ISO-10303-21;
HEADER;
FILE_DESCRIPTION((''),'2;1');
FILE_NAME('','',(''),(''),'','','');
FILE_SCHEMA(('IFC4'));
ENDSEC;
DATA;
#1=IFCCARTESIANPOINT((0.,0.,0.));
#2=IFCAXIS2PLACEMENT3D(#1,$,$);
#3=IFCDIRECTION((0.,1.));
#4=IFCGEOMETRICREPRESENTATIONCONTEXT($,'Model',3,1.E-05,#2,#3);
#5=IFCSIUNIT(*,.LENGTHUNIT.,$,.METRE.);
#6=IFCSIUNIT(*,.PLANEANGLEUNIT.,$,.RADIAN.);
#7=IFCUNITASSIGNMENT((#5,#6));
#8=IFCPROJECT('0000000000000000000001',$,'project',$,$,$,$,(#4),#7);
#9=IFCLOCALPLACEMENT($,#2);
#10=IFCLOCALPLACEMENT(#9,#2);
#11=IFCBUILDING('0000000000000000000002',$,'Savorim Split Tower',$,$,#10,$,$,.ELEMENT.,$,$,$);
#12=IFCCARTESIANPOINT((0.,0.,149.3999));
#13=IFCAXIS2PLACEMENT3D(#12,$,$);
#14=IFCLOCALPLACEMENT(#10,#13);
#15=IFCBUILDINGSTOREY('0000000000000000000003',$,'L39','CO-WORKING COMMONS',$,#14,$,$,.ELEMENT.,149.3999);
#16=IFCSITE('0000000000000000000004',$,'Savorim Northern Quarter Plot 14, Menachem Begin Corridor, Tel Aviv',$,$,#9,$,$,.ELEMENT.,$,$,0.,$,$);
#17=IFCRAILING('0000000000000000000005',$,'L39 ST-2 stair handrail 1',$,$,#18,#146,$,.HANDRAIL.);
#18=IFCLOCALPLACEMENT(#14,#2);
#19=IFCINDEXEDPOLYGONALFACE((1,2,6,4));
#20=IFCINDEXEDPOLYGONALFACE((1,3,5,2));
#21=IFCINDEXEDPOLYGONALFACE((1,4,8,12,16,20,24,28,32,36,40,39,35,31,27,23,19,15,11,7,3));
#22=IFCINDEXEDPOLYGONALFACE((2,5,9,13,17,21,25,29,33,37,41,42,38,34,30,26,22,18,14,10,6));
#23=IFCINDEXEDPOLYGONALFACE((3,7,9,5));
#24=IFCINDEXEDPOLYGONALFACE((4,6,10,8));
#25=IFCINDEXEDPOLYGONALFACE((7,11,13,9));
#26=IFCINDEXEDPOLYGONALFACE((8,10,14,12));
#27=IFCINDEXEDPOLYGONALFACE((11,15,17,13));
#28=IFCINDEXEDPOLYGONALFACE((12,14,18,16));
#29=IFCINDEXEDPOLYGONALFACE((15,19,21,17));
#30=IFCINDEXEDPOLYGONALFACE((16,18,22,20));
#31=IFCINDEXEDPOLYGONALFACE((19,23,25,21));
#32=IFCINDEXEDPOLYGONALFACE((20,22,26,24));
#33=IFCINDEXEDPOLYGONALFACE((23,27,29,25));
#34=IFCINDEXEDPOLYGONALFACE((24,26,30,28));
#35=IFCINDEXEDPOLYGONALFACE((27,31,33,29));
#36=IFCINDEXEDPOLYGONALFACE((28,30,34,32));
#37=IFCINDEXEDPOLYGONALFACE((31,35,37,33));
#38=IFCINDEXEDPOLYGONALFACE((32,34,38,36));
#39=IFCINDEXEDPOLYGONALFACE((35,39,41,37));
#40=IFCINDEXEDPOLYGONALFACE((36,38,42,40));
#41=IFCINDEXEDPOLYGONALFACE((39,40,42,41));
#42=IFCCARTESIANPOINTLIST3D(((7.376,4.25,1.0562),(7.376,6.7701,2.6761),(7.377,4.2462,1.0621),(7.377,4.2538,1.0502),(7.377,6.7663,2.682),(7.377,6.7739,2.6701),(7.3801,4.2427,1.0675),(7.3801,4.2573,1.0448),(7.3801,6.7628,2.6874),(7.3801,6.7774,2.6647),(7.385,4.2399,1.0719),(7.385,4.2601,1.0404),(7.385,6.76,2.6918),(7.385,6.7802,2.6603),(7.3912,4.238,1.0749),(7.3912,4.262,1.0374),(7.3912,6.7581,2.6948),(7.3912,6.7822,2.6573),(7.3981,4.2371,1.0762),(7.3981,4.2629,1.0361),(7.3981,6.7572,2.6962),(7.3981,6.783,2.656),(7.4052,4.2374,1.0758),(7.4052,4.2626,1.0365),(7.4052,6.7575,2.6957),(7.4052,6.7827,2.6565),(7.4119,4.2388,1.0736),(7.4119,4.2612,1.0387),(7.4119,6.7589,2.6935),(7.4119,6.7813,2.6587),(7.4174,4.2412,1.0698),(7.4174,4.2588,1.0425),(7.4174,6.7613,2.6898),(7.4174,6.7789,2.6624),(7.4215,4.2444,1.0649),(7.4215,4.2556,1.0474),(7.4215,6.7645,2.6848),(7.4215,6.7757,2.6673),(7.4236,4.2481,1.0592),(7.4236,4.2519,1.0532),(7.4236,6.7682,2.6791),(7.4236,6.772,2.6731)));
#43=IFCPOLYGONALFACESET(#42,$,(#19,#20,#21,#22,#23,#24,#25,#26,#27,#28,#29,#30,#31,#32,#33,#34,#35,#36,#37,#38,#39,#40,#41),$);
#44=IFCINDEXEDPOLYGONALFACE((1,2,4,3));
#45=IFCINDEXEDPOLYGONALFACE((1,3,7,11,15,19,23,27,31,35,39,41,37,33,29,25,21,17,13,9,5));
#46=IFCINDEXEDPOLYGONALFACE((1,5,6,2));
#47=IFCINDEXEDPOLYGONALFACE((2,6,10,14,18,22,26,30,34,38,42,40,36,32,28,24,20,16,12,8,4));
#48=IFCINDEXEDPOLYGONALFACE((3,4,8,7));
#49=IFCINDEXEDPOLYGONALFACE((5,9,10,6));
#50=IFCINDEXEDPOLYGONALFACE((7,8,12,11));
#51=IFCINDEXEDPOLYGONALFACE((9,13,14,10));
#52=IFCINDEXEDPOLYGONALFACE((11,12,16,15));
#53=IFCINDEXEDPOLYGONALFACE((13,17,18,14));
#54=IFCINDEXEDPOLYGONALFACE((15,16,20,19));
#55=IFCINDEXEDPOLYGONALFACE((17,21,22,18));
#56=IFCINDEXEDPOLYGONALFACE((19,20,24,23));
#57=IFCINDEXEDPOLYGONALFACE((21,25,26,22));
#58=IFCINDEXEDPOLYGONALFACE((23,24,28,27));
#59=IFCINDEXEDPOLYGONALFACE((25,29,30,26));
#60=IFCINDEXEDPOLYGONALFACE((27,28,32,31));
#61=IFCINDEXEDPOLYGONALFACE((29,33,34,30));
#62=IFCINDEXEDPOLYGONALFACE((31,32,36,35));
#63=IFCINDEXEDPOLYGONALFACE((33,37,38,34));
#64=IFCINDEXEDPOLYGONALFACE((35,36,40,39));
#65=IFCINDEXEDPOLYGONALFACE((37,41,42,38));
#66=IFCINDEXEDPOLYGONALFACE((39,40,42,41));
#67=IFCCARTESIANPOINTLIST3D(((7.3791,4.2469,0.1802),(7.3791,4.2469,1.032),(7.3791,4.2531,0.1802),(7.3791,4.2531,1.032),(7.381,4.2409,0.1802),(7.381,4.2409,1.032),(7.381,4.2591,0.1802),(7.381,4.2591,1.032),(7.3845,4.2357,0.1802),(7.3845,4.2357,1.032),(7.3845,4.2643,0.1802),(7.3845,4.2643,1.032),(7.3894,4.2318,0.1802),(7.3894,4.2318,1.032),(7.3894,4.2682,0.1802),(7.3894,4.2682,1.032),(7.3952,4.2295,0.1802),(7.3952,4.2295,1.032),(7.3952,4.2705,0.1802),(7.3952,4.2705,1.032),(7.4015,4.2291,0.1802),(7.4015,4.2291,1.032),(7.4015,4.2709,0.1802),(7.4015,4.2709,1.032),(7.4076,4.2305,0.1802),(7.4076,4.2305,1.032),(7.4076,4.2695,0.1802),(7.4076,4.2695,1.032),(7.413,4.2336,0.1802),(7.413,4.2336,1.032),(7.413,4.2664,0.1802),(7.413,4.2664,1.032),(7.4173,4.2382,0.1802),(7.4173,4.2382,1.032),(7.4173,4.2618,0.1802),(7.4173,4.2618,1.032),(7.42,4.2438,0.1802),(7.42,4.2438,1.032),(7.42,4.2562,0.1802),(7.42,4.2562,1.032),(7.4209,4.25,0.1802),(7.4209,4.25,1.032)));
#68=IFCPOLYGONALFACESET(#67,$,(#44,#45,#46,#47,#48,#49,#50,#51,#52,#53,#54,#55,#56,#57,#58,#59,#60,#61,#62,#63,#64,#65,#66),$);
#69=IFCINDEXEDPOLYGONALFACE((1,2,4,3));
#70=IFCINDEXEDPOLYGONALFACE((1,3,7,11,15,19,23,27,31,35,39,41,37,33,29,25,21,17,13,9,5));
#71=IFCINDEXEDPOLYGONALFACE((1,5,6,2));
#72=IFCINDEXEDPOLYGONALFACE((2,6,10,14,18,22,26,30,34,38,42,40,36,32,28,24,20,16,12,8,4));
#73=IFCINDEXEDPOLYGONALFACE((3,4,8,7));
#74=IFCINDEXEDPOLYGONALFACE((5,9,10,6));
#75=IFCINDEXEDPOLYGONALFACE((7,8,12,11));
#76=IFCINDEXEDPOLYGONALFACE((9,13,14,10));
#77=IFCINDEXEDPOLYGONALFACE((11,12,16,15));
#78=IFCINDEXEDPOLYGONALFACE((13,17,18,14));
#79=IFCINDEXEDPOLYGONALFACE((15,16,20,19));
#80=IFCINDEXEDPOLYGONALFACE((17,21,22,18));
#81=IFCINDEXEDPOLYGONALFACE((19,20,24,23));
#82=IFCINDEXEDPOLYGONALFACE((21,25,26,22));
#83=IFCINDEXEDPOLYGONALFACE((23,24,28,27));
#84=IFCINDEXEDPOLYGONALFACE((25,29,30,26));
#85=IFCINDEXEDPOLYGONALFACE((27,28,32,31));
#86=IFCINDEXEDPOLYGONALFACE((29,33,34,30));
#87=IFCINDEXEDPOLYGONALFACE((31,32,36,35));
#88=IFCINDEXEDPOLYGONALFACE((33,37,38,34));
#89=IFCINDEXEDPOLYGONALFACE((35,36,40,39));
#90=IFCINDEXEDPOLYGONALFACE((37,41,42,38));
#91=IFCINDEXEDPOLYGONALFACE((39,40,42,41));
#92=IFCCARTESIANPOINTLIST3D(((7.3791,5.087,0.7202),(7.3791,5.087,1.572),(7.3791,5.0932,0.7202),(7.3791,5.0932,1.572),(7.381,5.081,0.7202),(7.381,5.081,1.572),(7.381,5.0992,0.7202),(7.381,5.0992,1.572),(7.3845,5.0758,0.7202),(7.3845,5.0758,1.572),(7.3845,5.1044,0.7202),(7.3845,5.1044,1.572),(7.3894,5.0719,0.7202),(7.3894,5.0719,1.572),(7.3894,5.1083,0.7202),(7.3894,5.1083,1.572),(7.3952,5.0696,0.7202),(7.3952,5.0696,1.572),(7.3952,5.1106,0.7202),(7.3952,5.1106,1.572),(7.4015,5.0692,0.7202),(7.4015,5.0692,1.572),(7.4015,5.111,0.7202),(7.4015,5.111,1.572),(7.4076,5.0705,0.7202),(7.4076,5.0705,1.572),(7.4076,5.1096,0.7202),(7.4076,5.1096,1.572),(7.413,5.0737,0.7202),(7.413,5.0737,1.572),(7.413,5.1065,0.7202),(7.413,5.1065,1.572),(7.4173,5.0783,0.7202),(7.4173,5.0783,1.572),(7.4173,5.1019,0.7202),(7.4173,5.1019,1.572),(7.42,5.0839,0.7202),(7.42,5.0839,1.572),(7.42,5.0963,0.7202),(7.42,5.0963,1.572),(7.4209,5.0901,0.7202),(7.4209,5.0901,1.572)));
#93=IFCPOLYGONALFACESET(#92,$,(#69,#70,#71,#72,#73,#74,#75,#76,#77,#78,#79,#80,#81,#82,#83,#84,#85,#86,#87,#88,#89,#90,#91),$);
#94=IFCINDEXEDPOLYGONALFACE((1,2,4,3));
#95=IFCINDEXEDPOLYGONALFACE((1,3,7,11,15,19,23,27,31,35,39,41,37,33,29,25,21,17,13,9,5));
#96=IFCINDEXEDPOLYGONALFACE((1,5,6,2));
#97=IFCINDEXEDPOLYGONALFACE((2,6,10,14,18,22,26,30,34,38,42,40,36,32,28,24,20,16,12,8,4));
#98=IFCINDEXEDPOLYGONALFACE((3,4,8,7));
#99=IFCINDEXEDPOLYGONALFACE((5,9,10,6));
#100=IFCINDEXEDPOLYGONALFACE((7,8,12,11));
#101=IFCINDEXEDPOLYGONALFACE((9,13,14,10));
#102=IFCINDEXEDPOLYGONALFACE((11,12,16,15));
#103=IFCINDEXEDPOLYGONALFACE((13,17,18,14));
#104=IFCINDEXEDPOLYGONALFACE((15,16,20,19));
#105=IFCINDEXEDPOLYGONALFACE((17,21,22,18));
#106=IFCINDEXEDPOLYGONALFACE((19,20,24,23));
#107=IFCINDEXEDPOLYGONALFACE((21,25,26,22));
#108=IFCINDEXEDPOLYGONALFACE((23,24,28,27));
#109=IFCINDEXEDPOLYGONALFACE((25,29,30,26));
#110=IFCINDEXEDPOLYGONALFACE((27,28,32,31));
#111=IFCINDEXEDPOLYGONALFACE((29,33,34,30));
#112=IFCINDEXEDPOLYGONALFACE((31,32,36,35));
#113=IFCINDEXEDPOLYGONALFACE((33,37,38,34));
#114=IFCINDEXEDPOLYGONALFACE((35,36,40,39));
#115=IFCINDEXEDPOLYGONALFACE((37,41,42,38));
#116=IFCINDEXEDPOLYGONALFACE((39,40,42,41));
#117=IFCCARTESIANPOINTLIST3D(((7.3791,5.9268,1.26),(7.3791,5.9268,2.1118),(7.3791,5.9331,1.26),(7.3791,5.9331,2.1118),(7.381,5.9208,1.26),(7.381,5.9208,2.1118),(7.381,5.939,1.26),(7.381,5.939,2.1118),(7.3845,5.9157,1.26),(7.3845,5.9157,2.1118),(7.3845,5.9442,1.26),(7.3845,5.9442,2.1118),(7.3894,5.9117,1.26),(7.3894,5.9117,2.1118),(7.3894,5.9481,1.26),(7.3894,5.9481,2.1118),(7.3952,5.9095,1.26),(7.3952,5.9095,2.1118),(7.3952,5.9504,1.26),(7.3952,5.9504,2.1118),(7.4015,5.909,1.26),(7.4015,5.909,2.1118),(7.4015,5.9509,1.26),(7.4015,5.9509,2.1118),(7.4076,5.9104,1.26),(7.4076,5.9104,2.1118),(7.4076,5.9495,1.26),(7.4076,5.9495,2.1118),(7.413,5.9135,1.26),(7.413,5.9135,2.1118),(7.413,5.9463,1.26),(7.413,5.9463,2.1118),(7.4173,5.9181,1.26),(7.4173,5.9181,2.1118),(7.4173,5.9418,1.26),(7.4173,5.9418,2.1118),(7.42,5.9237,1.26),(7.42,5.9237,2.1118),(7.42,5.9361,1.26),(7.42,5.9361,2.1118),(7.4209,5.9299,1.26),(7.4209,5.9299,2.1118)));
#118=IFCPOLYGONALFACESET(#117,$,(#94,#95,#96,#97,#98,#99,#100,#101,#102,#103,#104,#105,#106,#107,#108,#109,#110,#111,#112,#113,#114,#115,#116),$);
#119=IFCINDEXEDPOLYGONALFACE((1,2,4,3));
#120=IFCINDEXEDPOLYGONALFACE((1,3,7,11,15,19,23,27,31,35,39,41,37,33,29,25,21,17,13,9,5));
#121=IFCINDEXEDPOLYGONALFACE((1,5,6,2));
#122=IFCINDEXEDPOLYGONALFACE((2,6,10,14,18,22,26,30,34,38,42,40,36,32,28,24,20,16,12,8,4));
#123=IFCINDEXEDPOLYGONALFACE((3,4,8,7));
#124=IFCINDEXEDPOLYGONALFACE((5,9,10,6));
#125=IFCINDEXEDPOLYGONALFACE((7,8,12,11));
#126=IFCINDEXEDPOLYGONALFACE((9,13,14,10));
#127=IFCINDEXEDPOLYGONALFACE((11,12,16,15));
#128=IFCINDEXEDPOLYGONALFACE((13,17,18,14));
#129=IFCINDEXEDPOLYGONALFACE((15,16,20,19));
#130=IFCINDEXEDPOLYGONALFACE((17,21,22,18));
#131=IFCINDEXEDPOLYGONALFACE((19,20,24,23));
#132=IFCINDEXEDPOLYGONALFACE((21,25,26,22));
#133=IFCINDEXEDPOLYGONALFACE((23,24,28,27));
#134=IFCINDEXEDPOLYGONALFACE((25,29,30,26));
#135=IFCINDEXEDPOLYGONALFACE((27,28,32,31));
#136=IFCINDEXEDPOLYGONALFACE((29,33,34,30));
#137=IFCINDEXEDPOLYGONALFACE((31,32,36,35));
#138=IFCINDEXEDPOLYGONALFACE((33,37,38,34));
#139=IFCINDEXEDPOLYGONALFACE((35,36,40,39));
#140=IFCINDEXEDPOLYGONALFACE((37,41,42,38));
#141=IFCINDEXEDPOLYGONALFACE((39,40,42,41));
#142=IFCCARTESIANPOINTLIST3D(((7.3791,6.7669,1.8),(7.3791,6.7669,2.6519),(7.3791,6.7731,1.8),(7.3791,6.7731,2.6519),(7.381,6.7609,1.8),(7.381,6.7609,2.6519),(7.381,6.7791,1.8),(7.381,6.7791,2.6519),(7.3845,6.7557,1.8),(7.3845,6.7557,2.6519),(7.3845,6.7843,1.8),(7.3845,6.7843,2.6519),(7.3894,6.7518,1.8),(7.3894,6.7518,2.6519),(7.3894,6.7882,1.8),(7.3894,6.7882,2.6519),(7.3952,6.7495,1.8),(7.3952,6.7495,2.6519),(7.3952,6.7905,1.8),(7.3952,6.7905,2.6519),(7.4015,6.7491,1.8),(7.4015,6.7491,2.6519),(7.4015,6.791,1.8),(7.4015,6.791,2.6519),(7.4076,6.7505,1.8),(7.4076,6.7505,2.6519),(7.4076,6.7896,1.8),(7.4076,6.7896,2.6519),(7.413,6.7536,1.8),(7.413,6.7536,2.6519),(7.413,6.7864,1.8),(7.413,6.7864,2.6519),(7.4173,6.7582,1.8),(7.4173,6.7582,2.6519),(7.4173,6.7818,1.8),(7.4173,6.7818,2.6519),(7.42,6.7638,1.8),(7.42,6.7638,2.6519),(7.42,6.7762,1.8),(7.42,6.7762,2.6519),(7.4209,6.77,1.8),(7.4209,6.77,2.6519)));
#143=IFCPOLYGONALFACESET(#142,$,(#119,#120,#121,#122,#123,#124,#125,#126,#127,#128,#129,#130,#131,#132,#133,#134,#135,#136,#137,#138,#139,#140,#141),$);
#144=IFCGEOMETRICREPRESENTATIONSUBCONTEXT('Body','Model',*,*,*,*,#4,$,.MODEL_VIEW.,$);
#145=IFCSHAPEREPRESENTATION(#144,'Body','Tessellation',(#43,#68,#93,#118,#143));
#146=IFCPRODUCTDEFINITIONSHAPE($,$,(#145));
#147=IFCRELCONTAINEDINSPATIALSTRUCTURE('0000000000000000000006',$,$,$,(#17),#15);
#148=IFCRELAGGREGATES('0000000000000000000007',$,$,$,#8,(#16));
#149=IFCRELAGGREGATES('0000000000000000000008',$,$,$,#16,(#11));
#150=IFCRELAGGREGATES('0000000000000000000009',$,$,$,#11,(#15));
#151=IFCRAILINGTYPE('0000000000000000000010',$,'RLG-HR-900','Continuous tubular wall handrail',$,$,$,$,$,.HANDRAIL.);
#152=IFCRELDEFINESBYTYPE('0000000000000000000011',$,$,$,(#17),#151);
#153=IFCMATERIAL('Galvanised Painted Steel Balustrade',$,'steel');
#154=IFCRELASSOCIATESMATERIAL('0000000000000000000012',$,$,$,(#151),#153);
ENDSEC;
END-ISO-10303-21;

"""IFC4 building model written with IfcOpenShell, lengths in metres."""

from ifc_helpers import new_model, si_unit, direction, frame, origin, origin_2d, place, context, subcontext, project, spatial, circle, extrude, material, type_object, element, save


model = new_model("IFC4")

# Units and contexts
model_context = context("Model", 3, precision=1e-05, world=origin(), true_north=direction((0.0, 1.0)))
body_context = subcontext(model_context, "Body", "Model", "MODEL_VIEW")
ifc_project = project(units=[si_unit("LENGTHUNIT", "METRE"), si_unit("PLANEANGLEUNIT", "RADIAN")], contexts=[model_context])

# Site, building, storey
site_placement = place(None, origin())
site = spatial("IfcSite", under=ifc_project, at=site_placement, Name="Savorim Northern Quarter Plot 14, Menachem Begin Corridor, Tel Aviv", CompositionType="ELEMENT", RefElevation=0.0)
building_placement = place(site_placement, origin())
building = spatial("IfcBuilding", under=site, at=building_placement, Name="Savorim Split Tower", CompositionType="ELEMENT")
storey_placement = place(building_placement, frame((0.0, 0.0, 149.3999)))
storey = spatial("IfcBuildingStorey", under=building, at=storey_placement, Name="L39", Description="CO-WORKING COMMONS", CompositionType="ELEMENT", Elevation=149.3999)

# Railing
ifc_material_1 = material(Name="Galvanised Painted Steel Balustrade", Category="steel")
railing_type_1 = type_object("IfcRailingType", Name="RLG-HR-900", Description="Continuous tubular wall handrail", PredefinedType="HANDRAIL", material=ifc_material_1)
railing_1_placement = place(storey_placement, frame((7.3999, 4.25, 0.1802)))
element("IfcRailing", 1, at=railing_1_placement, inside=storey, type_object=railing_type_1, Name="L39 ST-2 stair handrail 1", PredefinedType="HANDRAIL", context=body_context, shape_type="SweptSolid", body=[
    extrude(circle(Radius=0.0239, at=origin_2d()), frame((0.0, 0.0, 0.876), z_axis=(0.0, 0.8412, 0.540725), x_axis=(-1.0, 0.0, 0.0)), (0.0, 0.0, 1.0), 2.9958),
    extrude(circle(Radius=0.021, at=origin_2d()), origin(), (0.0, 0.0, 1.0), 0.8518),
    extrude(circle(Radius=0.021, at=origin_2d()), frame((0.0, 0.8401, 0.54)), (0.0, 0.0, 1.0), 0.8518),
    extrude(circle(Radius=0.021, at=origin_2d()), frame((0.0, 1.6799, 1.0798)), (0.0, 0.0, 1.0), 0.8518),
    extrude(circle(Radius=0.021, at=origin_2d()), frame((0.0, 2.52, 1.6199)), (0.0, 0.0, 1.0), 0.8518),
])

save(model, "model.ifc")
